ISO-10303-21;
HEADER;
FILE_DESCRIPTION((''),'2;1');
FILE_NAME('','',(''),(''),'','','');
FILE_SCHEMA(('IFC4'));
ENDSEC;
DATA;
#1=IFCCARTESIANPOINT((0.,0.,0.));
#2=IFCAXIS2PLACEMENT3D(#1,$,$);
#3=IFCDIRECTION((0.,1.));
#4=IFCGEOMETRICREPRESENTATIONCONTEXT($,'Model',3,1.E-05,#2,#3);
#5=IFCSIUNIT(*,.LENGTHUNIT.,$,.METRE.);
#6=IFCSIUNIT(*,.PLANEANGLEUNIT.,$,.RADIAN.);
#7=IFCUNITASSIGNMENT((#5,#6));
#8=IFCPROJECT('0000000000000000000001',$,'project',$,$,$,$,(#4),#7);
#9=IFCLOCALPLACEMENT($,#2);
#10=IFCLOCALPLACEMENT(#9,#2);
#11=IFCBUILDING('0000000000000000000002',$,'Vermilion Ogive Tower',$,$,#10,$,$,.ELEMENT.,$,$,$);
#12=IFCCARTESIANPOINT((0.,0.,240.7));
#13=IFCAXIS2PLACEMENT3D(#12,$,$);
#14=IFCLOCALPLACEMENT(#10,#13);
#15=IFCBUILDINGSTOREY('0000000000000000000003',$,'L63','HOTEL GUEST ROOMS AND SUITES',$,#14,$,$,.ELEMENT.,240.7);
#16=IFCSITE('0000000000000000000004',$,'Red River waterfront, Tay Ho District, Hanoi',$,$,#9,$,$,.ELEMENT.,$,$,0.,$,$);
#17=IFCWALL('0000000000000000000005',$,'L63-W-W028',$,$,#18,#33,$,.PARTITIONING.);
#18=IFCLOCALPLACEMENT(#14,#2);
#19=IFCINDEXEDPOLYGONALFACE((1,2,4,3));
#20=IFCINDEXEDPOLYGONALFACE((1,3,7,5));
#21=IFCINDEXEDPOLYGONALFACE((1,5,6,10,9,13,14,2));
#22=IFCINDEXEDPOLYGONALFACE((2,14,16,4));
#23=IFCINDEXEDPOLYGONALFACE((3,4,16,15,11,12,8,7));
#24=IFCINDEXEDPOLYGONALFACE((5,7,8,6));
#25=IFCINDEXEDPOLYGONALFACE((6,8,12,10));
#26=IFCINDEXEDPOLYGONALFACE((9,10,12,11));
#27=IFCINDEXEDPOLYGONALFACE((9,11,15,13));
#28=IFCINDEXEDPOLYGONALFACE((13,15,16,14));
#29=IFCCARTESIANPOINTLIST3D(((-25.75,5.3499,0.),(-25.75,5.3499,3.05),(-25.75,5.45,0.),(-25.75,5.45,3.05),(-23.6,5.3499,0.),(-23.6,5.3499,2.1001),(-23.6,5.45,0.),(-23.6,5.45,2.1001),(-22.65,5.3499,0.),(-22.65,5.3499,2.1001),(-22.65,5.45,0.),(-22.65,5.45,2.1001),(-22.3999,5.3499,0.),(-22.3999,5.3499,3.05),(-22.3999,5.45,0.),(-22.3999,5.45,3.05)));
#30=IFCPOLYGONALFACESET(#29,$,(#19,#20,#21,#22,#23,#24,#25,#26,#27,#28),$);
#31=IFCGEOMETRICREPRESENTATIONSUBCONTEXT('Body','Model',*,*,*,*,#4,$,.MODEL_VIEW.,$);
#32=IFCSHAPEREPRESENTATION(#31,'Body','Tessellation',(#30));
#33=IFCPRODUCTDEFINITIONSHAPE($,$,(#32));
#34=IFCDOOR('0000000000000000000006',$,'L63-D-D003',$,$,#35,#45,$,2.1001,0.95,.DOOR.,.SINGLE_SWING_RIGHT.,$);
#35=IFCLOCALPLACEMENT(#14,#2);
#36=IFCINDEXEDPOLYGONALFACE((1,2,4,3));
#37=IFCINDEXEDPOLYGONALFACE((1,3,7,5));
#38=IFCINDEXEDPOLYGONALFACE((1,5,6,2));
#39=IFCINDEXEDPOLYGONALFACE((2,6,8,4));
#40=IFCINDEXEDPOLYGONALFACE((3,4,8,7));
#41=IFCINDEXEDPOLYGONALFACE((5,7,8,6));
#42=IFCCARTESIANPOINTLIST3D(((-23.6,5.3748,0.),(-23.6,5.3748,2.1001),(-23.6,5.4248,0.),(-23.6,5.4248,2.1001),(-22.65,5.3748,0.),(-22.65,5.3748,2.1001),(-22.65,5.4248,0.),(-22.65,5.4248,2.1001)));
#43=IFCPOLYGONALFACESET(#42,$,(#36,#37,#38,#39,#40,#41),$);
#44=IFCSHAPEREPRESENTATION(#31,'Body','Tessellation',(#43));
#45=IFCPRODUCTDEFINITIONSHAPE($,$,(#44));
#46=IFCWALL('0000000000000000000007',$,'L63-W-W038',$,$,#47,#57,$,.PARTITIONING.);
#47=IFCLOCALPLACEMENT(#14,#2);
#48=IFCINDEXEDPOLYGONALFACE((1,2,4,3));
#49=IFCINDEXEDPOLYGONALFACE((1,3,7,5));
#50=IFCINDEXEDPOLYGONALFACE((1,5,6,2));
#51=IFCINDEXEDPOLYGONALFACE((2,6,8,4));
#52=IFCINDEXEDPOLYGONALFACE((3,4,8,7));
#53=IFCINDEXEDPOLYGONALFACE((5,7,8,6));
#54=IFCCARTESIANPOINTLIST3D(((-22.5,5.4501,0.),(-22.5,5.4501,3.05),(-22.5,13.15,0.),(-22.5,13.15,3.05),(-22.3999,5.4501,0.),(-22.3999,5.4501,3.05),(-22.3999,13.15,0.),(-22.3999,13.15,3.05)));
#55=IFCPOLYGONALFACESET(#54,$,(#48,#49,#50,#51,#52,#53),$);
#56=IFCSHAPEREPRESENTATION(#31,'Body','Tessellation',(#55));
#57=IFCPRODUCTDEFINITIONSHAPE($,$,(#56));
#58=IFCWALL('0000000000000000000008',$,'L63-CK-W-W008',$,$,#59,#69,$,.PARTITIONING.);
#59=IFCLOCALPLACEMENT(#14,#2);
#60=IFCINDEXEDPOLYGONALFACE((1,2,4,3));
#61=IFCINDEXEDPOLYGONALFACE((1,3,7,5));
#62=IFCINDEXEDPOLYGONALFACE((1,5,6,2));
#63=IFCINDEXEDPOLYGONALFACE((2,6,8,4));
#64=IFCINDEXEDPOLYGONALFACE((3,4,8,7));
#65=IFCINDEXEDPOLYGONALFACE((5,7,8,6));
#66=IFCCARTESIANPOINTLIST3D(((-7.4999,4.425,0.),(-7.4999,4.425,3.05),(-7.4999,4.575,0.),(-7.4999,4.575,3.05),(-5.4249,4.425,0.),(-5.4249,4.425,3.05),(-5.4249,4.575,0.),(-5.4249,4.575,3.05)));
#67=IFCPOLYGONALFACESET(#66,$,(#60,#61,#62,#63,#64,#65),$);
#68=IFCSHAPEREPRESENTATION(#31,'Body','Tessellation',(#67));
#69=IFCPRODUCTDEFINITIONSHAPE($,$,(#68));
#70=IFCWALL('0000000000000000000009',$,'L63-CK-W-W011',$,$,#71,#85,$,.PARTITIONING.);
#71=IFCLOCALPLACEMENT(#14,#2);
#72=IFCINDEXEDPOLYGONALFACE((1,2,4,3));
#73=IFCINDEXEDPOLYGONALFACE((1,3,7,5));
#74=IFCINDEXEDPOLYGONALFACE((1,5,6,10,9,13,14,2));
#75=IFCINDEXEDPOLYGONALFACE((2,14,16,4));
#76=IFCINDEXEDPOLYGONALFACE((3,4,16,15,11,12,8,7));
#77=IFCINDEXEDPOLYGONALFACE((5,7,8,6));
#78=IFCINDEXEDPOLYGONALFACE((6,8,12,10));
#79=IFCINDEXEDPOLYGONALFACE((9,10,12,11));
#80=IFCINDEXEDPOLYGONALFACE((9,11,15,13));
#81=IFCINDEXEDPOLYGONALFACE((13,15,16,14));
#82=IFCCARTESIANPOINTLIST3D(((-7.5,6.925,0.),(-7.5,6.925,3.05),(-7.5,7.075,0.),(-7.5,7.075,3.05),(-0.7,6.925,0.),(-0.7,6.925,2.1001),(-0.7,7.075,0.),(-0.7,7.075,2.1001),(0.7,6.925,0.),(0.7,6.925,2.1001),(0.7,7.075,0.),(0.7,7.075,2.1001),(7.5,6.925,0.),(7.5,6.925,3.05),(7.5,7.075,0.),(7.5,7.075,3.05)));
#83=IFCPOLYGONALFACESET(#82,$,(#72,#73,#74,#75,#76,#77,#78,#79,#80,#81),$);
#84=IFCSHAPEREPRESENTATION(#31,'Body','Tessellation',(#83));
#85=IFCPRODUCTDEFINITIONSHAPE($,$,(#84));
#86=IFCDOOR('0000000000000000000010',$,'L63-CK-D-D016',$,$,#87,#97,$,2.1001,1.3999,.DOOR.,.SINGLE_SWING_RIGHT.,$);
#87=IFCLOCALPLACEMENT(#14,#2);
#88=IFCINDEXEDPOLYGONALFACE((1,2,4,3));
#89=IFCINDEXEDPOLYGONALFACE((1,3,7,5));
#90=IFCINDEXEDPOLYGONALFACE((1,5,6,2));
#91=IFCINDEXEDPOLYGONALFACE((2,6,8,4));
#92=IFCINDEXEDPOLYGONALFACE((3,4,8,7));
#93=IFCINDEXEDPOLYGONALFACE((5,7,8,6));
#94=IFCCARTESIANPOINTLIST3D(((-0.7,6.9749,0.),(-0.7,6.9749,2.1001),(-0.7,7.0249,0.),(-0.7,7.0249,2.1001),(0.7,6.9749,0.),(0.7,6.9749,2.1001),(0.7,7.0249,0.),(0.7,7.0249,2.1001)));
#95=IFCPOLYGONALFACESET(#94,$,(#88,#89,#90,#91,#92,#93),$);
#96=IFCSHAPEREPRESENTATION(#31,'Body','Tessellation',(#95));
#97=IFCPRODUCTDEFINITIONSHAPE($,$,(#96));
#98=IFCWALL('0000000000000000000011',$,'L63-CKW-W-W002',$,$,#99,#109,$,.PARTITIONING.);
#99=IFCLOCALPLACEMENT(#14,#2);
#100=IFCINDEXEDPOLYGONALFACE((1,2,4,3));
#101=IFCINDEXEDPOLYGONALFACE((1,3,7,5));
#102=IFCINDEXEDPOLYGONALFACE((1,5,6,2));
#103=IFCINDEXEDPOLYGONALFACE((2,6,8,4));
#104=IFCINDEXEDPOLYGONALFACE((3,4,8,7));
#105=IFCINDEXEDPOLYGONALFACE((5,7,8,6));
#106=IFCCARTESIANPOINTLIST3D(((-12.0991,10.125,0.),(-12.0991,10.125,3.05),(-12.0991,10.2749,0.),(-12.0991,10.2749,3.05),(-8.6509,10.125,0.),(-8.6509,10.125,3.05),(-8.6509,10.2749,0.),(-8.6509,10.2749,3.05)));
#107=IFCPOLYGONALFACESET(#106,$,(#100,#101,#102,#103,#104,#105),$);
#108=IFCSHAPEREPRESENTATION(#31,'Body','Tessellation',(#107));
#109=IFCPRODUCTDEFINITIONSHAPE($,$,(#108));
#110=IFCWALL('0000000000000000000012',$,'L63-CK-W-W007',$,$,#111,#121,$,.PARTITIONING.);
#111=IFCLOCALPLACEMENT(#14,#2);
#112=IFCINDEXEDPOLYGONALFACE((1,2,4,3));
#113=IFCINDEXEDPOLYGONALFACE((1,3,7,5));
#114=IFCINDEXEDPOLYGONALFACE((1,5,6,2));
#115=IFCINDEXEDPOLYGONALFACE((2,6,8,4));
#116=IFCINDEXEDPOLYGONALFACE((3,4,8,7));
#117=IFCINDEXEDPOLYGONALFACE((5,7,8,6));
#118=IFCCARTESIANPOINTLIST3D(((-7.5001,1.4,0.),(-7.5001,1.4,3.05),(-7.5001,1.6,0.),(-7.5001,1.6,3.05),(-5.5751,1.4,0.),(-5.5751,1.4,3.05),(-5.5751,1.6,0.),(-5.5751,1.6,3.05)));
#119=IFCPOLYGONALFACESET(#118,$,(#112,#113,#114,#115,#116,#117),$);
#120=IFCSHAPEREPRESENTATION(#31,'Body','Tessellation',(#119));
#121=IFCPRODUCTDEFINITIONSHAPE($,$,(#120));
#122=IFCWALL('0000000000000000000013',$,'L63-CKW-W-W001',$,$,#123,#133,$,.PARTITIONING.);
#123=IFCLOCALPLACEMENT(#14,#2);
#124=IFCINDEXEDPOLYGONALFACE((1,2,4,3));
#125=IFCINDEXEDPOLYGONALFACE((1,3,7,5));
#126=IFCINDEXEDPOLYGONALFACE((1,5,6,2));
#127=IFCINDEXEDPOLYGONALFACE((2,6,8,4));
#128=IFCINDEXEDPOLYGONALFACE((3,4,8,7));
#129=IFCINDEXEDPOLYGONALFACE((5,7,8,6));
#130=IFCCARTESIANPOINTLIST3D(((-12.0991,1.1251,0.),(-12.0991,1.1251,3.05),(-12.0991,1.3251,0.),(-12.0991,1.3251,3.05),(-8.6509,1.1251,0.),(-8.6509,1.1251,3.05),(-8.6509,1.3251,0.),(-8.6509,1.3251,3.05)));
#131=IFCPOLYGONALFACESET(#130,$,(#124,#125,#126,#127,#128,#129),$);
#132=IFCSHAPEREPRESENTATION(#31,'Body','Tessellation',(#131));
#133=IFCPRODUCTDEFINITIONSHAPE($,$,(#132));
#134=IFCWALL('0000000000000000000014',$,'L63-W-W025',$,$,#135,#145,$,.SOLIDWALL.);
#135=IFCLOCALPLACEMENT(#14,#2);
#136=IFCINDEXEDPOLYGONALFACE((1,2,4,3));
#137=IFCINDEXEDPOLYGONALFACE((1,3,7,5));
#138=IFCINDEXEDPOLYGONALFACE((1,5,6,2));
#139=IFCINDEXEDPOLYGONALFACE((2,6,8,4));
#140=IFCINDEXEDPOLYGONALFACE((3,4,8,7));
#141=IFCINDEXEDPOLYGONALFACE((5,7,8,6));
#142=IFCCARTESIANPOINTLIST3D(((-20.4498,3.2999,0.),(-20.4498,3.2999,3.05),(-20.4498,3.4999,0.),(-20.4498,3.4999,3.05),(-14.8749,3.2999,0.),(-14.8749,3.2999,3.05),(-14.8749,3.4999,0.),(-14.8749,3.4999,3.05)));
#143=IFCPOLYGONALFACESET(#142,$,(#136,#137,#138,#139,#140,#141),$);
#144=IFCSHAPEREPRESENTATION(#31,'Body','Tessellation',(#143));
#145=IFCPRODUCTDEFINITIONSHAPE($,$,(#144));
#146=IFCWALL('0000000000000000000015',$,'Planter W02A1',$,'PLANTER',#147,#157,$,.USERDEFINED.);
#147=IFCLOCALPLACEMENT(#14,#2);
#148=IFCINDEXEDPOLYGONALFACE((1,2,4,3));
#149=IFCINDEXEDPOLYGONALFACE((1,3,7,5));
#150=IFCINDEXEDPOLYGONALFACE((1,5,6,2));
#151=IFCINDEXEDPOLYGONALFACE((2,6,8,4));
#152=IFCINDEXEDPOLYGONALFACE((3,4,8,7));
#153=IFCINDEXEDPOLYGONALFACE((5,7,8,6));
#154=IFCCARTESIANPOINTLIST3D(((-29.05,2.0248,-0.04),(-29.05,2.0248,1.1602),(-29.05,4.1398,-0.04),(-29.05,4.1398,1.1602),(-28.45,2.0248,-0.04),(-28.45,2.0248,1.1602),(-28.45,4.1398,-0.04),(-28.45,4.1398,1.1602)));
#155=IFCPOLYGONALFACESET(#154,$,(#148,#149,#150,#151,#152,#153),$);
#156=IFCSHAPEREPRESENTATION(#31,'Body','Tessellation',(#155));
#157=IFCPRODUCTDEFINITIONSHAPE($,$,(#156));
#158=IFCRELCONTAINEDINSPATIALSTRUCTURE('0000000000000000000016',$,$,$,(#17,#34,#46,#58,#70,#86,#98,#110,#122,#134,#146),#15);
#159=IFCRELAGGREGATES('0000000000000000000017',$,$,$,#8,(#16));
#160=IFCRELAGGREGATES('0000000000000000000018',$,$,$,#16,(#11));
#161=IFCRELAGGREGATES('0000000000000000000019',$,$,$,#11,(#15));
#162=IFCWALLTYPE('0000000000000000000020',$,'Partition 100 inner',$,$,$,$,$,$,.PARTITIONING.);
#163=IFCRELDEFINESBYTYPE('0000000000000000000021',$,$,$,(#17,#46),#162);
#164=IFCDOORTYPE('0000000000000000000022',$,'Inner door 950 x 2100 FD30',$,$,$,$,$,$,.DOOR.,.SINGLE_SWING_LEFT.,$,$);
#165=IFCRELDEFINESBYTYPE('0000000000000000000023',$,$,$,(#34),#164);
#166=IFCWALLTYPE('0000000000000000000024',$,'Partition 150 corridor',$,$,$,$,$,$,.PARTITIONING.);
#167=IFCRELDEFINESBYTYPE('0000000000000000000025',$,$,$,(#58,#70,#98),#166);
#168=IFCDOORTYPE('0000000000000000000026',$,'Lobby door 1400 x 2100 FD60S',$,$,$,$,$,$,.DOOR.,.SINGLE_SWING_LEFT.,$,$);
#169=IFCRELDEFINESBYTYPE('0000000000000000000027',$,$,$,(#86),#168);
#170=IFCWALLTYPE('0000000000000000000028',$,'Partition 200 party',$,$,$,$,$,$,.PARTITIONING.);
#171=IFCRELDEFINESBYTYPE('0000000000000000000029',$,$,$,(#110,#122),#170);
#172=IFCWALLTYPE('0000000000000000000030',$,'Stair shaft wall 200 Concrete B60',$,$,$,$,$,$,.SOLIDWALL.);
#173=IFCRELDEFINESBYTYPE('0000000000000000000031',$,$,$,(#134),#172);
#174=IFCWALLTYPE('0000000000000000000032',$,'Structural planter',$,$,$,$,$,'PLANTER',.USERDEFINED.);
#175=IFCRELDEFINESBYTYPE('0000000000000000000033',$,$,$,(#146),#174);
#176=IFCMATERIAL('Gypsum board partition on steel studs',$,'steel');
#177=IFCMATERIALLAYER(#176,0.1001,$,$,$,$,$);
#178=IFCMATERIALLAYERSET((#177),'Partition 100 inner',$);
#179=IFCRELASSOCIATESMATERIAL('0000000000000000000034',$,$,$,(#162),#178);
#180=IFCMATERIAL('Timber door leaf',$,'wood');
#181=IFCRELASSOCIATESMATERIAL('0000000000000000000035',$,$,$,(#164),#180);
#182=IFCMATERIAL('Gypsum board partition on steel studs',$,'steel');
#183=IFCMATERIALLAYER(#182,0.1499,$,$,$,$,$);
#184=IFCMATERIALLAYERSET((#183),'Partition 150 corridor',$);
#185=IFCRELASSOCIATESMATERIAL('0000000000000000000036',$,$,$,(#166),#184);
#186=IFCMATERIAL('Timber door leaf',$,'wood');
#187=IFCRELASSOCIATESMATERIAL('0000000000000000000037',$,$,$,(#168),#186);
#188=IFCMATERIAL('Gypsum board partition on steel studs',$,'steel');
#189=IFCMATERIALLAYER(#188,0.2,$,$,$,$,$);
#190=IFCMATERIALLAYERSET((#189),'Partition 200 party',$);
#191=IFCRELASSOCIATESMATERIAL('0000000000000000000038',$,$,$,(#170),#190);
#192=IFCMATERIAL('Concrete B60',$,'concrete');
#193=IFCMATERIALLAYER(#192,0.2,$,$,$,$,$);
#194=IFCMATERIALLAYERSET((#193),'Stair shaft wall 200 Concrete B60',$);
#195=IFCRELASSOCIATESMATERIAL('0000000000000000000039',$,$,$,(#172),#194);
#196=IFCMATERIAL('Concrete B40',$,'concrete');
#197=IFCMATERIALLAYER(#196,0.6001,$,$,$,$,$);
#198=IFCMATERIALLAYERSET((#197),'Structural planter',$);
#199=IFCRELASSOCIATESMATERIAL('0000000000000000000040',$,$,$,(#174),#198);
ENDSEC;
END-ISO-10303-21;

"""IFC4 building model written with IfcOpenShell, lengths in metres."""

from ifc_helpers import new_model, si_unit, direction, frame, frame_2d, origin, place, context, subcontext, project, spatial, rectangle, extrude, material, layer, layer_set, type_object, element, fill, save


model = new_model("IFC4")

# Units and contexts
model_context = context("Model", 3, precision=1e-05, world=origin(), true_north=direction((0.0, 1.0)))
body_context = subcontext(model_context, "Body", "Model", "MODEL_VIEW")
ifc_project = project(units=[si_unit("LENGTHUNIT", "METRE"), si_unit("PLANEANGLEUNIT", "RADIAN")], contexts=[model_context])

# Site, building, storey
site_placement = place(None, origin())
site = spatial("IfcSite", under=ifc_project, at=site_placement, Name="Red River waterfront, Tay Ho District, Hanoi", CompositionType="ELEMENT", RefElevation=0.0)
building_placement = place(site_placement, origin())
building = spatial("IfcBuilding", under=site, at=building_placement, Name="Vermilion Ogive Tower", CompositionType="ELEMENT")
storey_placement = place(building_placement, frame((0.0, 0.0, 240.7)))
storey = spatial("IfcBuildingStorey", under=building, at=storey_placement, Name="L63", Description="HOTEL GUEST ROOMS AND SUITES", CompositionType="ELEMENT", Elevation=240.7)

# Wall, opening, door
ifc_material_1 = material(Name="Gypsum board partition on steel studs", Category="steel")
ifc_layer_1 = layer(ifc_material_1, 0.1001)
ifc_layer_set_1 = layer_set([ifc_layer_1], Name="Partition 100 inner")
wall_type_1 = type_object("IfcWallType", Name="Partition 100 inner", PredefinedType="PARTITIONING", material=ifc_layer_set_1)
ifc_material_2 = material(Name="Timber door leaf", Category="wood")
door_type_1 = type_object("IfcDoorType", Name="Inner door 950 x 2100 FD30", OperationType="SINGLE_SWING_LEFT", PredefinedType="DOOR", material=ifc_material_2)
wall_1_placement = place(storey_placement, frame((-25.75, 5.3999, 0.0), z_axis=(0.0, 0.0, 1.0), x_axis=(1.0, 0.0, 0.0)))
wall_1 = element("IfcWall", 1, at=wall_1_placement, inside=storey, type_object=wall_type_1, Name="L63-W-W028", PredefinedType="PARTITIONING", context=body_context, shape_type="SweptSolid", body=[
    extrude(rectangle(XDim=3.3501, YDim=0.1001, at=frame_2d((1.675, 0.0))), origin(), (0.0, 0.0, 1.0), 3.05),
])
opening_1_placement = place(wall_1_placement, frame((2.1499, 0.0, 0.0)))
opening_1 = element("IfcOpeningElement", 2, at=opening_1_placement, cuts=wall_1, PredefinedType="OPENING", context=body_context, shape_type="SweptSolid", body=[
    extrude(rectangle(XDim=0.95, YDim=2.1001, at=frame_2d((0.4751, 1.05))), frame((0.0, 0.0601, 0.0), z_axis=(0.0, -1.0, 0.0), x_axis=(1.0, 0.0, 0.0)), (0.0, 0.0, 1.0), 0.1201),
])
door_1_placement = place(opening_1_placement, origin())
door_1 = element("IfcDoor", 3, at=door_1_placement, inside=storey, type_object=door_type_1, Name="L63-D-D003", OperationType="SINGLE_SWING_RIGHT", OverallHeight=2.1001, OverallWidth=0.95, PredefinedType="DOOR", context=body_context, shape_type="SweptSolid", body=[
    extrude(rectangle(XDim=0.95, YDim=2.1001, at=frame_2d((0.4751, 1.05))), frame((0.0, 0.0249, 0.0), z_axis=(0.0, -1.0, 0.0), x_axis=(1.0, 0.0, 0.0)), (0.0, 0.0, 1.0), 0.05),
])
fill(opening_1, door_1)

# Walls
wall_2_placement = place(storey_placement, frame((-22.45, 5.45, 0.0), z_axis=(0.0, 0.0, 1.0), x_axis=(0.0, 1.0, 0.0)))
element("IfcWall", 4, at=wall_2_placement, inside=storey, type_object=wall_type_1, Name="L63-W-W038", PredefinedType="PARTITIONING", context=body_context, shape_type="SweptSolid", body=[
    extrude(rectangle(XDim=7.7, YDim=0.1001, at=frame_2d((3.8501, 0.0))), origin(), (0.0, 0.0, 1.0), 3.05),
])
ifc_material_3 = material(Name="Gypsum board partition on steel studs", Category="steel")
ifc_layer_2 = layer(ifc_material_3, 0.1499)
ifc_layer_set_2 = layer_set([ifc_layer_2], Name="Partition 150 corridor")
wall_type_2 = type_object("IfcWallType", Name="Partition 150 corridor", PredefinedType="PARTITIONING", material=ifc_layer_set_2)
wall_3_placement = place(storey_placement, frame((-7.5, 4.5, 0.0), z_axis=(0.0, 0.0, 1.0), x_axis=(1.0, 0.0, 0.0)))
element("IfcWall", 5, at=wall_3_placement, inside=storey, type_object=wall_type_2, Name="L63-CK-W-W008", PredefinedType="PARTITIONING", context=body_context, shape_type="SweptSolid", body=[
    extrude(rectangle(XDim=2.075, YDim=0.1499, at=frame_2d((1.0376, 0.0))), origin(), (0.0, 0.0, 1.0), 3.05),
])

# Wall, opening, door
wall_4_placement = place(storey_placement, frame((-7.5, 7.0, 0.0), z_axis=(0.0, 0.0, 1.0), x_axis=(1.0, 0.0, 0.0)))
wall_4 = element("IfcWall", 6, at=wall_4_placement, inside=storey, type_object=wall_type_2, Name="L63-CK-W-W011", PredefinedType="PARTITIONING", context=body_context, shape_type="SweptSolid", body=[
    extrude(rectangle(XDim=15.0, YDim=0.1499, at=frame_2d((7.5, 0.0))), origin(), (0.0, 0.0, 1.0), 3.05),
])
opening_2_placement = place(wall_4_placement, frame((6.8, 0.0, 0.0)))
opening_2 = element("IfcOpeningElement", 7, at=opening_2_placement, cuts=wall_4, PredefinedType="OPENING", context=body_context, shape_type="SweptSolid", body=[
    extrude(rectangle(XDim=1.3999, YDim=2.1001, at=frame_2d((0.7, 1.05))), frame((0.0, 0.085, 0.0), z_axis=(0.0, -1.0, 0.0), x_axis=(1.0, 0.0, 0.0)), (0.0, 0.0, 1.0), 0.1699),
])
ifc_material_4 = material(Name="Timber door leaf", Category="wood")
door_type_2 = type_object("IfcDoorType", Name="Lobby door 1400 x 2100 FD60S", OperationType="SINGLE_SWING_LEFT", PredefinedType="DOOR", material=ifc_material_4)
door_2_placement = place(opening_2_placement, origin())
door_2 = element("IfcDoor", 8, at=door_2_placement, inside=storey, type_object=door_type_2, Name="L63-CK-D-D016", OperationType="SINGLE_SWING_RIGHT", OverallHeight=2.1001, OverallWidth=1.3999, PredefinedType="DOOR", context=body_context, shape_type="SweptSolid", body=[
    extrude(rectangle(XDim=1.3999, YDim=2.1001, at=frame_2d((0.7, 1.05))), frame((0.0, 0.0249, 0.0), z_axis=(0.0, -1.0, 0.0), x_axis=(1.0, 0.0, 0.0)), (0.0, 0.0, 1.0), 0.05),
])
fill(opening_2, door_2)

# Walls
wall_5_placement = place(storey_placement, frame((-12.0991, 10.2, 0.0), z_axis=(0.0, 0.0, 1.0), x_axis=(1.0, 0.0, 0.0)))
element("IfcWall", 9, at=wall_5_placement, inside=storey, type_object=wall_type_2, Name="L63-CKW-W-W002", PredefinedType="PARTITIONING", context=body_context, shape_type="SweptSolid", body=[
    extrude(rectangle(XDim=3.4482, YDim=0.1499, at=frame_2d((1.7241, 0.0))), origin(), (0.0, 0.0, 1.0), 3.05),
])
ifc_material_5 = material(Name="Gypsum board partition on steel studs", Category="steel")
ifc_layer_3 = layer(ifc_material_5, 0.2)
ifc_layer_set_3 = layer_set([ifc_layer_3], Name="Partition 200 party")
wall_type_3 = type_object("IfcWallType", Name="Partition 200 party", PredefinedType="PARTITIONING", material=ifc_layer_set_3)
wall_6_placement = place(storey_placement, frame((-7.5, 1.5, 0.0), z_axis=(0.0, 0.0, 1.0), x_axis=(1.0, 0.0, 0.0)))
element("IfcWall", 10, at=wall_6_placement, inside=storey, type_object=wall_type_3, Name="L63-CK-W-W007", PredefinedType="PARTITIONING", context=body_context, shape_type="SweptSolid", body=[
    extrude(rectangle(XDim=1.925, YDim=0.2, at=frame_2d((0.9624, 0.0))), origin(), (0.0, 0.0, 1.0), 3.05),
])
wall_7_placement = place(storey_placement, frame((-12.0991, 1.2251, 0.0), z_axis=(0.0, 0.0, 1.0), x_axis=(1.0, 0.0, 0.0)))
element("IfcWall", 11, at=wall_7_placement, inside=storey, type_object=wall_type_3, Name="L63-CKW-W-W001", PredefinedType="PARTITIONING", context=body_context, shape_type="SweptSolid", body=[
    extrude(rectangle(XDim=3.4482, YDim=0.2, at=frame_2d((1.7241, 0.0))), origin(), (0.0, 0.0, 1.0), 3.05),
])
ifc_material_6 = material(Name="Concrete B60", Category="concrete")
ifc_layer_4 = layer(ifc_material_6, 0.2)
ifc_layer_set_4 = layer_set([ifc_layer_4], Name="Stair shaft wall 200 Concrete B60")
wall_type_4 = type_object("IfcWallType", Name="Stair shaft wall 200 Concrete B60", PredefinedType="SOLIDWALL", material=ifc_layer_set_4)
wall_8_placement = place(storey_placement, frame((-20.45, 3.3999, 0.0), z_axis=(0.0, 0.0, 1.0), x_axis=(1.0, 0.0, 0.0)))
element("IfcWall", 12, at=wall_8_placement, inside=storey, type_object=wall_type_4, Name="L63-W-W025", PredefinedType="SOLIDWALL", context=body_context, shape_type="SweptSolid", body=[
    extrude(rectangle(XDim=5.575, YDim=0.2, at=frame_2d((2.7876, 0.0))), origin(), (0.0, 0.0, 1.0), 3.05),
])
ifc_material_7 = material(Name="Concrete B40", Category="concrete")
ifc_layer_5 = layer(ifc_material_7, 0.6001)
ifc_layer_set_5 = layer_set([ifc_layer_5], Name="Structural planter")
wall_type_5 = type_object("IfcWallType", Name="Structural planter", ElementType="PLANTER", PredefinedType="USERDEFINED", material=ifc_layer_set_5)
wall_9_placement = place(storey_placement, frame((-28.75, 4.1399, -0.04), z_axis=(0.0, 0.0, 1.0), x_axis=(0.0, -1.0, 0.0)))
element("IfcWall", 13, at=wall_9_placement, inside=storey, type_object=wall_type_5, Name="Planter W02A1", ObjectType="PLANTER", PredefinedType="USERDEFINED", context=body_context, shape_type="SweptSolid", body=[
    extrude(rectangle(XDim=2.115, YDim=0.6001, at=frame_2d((1.0576, 0.0))), origin(), (0.0, 0.0, 1.0), 1.2002),
])

save(model, "model.ifc")
